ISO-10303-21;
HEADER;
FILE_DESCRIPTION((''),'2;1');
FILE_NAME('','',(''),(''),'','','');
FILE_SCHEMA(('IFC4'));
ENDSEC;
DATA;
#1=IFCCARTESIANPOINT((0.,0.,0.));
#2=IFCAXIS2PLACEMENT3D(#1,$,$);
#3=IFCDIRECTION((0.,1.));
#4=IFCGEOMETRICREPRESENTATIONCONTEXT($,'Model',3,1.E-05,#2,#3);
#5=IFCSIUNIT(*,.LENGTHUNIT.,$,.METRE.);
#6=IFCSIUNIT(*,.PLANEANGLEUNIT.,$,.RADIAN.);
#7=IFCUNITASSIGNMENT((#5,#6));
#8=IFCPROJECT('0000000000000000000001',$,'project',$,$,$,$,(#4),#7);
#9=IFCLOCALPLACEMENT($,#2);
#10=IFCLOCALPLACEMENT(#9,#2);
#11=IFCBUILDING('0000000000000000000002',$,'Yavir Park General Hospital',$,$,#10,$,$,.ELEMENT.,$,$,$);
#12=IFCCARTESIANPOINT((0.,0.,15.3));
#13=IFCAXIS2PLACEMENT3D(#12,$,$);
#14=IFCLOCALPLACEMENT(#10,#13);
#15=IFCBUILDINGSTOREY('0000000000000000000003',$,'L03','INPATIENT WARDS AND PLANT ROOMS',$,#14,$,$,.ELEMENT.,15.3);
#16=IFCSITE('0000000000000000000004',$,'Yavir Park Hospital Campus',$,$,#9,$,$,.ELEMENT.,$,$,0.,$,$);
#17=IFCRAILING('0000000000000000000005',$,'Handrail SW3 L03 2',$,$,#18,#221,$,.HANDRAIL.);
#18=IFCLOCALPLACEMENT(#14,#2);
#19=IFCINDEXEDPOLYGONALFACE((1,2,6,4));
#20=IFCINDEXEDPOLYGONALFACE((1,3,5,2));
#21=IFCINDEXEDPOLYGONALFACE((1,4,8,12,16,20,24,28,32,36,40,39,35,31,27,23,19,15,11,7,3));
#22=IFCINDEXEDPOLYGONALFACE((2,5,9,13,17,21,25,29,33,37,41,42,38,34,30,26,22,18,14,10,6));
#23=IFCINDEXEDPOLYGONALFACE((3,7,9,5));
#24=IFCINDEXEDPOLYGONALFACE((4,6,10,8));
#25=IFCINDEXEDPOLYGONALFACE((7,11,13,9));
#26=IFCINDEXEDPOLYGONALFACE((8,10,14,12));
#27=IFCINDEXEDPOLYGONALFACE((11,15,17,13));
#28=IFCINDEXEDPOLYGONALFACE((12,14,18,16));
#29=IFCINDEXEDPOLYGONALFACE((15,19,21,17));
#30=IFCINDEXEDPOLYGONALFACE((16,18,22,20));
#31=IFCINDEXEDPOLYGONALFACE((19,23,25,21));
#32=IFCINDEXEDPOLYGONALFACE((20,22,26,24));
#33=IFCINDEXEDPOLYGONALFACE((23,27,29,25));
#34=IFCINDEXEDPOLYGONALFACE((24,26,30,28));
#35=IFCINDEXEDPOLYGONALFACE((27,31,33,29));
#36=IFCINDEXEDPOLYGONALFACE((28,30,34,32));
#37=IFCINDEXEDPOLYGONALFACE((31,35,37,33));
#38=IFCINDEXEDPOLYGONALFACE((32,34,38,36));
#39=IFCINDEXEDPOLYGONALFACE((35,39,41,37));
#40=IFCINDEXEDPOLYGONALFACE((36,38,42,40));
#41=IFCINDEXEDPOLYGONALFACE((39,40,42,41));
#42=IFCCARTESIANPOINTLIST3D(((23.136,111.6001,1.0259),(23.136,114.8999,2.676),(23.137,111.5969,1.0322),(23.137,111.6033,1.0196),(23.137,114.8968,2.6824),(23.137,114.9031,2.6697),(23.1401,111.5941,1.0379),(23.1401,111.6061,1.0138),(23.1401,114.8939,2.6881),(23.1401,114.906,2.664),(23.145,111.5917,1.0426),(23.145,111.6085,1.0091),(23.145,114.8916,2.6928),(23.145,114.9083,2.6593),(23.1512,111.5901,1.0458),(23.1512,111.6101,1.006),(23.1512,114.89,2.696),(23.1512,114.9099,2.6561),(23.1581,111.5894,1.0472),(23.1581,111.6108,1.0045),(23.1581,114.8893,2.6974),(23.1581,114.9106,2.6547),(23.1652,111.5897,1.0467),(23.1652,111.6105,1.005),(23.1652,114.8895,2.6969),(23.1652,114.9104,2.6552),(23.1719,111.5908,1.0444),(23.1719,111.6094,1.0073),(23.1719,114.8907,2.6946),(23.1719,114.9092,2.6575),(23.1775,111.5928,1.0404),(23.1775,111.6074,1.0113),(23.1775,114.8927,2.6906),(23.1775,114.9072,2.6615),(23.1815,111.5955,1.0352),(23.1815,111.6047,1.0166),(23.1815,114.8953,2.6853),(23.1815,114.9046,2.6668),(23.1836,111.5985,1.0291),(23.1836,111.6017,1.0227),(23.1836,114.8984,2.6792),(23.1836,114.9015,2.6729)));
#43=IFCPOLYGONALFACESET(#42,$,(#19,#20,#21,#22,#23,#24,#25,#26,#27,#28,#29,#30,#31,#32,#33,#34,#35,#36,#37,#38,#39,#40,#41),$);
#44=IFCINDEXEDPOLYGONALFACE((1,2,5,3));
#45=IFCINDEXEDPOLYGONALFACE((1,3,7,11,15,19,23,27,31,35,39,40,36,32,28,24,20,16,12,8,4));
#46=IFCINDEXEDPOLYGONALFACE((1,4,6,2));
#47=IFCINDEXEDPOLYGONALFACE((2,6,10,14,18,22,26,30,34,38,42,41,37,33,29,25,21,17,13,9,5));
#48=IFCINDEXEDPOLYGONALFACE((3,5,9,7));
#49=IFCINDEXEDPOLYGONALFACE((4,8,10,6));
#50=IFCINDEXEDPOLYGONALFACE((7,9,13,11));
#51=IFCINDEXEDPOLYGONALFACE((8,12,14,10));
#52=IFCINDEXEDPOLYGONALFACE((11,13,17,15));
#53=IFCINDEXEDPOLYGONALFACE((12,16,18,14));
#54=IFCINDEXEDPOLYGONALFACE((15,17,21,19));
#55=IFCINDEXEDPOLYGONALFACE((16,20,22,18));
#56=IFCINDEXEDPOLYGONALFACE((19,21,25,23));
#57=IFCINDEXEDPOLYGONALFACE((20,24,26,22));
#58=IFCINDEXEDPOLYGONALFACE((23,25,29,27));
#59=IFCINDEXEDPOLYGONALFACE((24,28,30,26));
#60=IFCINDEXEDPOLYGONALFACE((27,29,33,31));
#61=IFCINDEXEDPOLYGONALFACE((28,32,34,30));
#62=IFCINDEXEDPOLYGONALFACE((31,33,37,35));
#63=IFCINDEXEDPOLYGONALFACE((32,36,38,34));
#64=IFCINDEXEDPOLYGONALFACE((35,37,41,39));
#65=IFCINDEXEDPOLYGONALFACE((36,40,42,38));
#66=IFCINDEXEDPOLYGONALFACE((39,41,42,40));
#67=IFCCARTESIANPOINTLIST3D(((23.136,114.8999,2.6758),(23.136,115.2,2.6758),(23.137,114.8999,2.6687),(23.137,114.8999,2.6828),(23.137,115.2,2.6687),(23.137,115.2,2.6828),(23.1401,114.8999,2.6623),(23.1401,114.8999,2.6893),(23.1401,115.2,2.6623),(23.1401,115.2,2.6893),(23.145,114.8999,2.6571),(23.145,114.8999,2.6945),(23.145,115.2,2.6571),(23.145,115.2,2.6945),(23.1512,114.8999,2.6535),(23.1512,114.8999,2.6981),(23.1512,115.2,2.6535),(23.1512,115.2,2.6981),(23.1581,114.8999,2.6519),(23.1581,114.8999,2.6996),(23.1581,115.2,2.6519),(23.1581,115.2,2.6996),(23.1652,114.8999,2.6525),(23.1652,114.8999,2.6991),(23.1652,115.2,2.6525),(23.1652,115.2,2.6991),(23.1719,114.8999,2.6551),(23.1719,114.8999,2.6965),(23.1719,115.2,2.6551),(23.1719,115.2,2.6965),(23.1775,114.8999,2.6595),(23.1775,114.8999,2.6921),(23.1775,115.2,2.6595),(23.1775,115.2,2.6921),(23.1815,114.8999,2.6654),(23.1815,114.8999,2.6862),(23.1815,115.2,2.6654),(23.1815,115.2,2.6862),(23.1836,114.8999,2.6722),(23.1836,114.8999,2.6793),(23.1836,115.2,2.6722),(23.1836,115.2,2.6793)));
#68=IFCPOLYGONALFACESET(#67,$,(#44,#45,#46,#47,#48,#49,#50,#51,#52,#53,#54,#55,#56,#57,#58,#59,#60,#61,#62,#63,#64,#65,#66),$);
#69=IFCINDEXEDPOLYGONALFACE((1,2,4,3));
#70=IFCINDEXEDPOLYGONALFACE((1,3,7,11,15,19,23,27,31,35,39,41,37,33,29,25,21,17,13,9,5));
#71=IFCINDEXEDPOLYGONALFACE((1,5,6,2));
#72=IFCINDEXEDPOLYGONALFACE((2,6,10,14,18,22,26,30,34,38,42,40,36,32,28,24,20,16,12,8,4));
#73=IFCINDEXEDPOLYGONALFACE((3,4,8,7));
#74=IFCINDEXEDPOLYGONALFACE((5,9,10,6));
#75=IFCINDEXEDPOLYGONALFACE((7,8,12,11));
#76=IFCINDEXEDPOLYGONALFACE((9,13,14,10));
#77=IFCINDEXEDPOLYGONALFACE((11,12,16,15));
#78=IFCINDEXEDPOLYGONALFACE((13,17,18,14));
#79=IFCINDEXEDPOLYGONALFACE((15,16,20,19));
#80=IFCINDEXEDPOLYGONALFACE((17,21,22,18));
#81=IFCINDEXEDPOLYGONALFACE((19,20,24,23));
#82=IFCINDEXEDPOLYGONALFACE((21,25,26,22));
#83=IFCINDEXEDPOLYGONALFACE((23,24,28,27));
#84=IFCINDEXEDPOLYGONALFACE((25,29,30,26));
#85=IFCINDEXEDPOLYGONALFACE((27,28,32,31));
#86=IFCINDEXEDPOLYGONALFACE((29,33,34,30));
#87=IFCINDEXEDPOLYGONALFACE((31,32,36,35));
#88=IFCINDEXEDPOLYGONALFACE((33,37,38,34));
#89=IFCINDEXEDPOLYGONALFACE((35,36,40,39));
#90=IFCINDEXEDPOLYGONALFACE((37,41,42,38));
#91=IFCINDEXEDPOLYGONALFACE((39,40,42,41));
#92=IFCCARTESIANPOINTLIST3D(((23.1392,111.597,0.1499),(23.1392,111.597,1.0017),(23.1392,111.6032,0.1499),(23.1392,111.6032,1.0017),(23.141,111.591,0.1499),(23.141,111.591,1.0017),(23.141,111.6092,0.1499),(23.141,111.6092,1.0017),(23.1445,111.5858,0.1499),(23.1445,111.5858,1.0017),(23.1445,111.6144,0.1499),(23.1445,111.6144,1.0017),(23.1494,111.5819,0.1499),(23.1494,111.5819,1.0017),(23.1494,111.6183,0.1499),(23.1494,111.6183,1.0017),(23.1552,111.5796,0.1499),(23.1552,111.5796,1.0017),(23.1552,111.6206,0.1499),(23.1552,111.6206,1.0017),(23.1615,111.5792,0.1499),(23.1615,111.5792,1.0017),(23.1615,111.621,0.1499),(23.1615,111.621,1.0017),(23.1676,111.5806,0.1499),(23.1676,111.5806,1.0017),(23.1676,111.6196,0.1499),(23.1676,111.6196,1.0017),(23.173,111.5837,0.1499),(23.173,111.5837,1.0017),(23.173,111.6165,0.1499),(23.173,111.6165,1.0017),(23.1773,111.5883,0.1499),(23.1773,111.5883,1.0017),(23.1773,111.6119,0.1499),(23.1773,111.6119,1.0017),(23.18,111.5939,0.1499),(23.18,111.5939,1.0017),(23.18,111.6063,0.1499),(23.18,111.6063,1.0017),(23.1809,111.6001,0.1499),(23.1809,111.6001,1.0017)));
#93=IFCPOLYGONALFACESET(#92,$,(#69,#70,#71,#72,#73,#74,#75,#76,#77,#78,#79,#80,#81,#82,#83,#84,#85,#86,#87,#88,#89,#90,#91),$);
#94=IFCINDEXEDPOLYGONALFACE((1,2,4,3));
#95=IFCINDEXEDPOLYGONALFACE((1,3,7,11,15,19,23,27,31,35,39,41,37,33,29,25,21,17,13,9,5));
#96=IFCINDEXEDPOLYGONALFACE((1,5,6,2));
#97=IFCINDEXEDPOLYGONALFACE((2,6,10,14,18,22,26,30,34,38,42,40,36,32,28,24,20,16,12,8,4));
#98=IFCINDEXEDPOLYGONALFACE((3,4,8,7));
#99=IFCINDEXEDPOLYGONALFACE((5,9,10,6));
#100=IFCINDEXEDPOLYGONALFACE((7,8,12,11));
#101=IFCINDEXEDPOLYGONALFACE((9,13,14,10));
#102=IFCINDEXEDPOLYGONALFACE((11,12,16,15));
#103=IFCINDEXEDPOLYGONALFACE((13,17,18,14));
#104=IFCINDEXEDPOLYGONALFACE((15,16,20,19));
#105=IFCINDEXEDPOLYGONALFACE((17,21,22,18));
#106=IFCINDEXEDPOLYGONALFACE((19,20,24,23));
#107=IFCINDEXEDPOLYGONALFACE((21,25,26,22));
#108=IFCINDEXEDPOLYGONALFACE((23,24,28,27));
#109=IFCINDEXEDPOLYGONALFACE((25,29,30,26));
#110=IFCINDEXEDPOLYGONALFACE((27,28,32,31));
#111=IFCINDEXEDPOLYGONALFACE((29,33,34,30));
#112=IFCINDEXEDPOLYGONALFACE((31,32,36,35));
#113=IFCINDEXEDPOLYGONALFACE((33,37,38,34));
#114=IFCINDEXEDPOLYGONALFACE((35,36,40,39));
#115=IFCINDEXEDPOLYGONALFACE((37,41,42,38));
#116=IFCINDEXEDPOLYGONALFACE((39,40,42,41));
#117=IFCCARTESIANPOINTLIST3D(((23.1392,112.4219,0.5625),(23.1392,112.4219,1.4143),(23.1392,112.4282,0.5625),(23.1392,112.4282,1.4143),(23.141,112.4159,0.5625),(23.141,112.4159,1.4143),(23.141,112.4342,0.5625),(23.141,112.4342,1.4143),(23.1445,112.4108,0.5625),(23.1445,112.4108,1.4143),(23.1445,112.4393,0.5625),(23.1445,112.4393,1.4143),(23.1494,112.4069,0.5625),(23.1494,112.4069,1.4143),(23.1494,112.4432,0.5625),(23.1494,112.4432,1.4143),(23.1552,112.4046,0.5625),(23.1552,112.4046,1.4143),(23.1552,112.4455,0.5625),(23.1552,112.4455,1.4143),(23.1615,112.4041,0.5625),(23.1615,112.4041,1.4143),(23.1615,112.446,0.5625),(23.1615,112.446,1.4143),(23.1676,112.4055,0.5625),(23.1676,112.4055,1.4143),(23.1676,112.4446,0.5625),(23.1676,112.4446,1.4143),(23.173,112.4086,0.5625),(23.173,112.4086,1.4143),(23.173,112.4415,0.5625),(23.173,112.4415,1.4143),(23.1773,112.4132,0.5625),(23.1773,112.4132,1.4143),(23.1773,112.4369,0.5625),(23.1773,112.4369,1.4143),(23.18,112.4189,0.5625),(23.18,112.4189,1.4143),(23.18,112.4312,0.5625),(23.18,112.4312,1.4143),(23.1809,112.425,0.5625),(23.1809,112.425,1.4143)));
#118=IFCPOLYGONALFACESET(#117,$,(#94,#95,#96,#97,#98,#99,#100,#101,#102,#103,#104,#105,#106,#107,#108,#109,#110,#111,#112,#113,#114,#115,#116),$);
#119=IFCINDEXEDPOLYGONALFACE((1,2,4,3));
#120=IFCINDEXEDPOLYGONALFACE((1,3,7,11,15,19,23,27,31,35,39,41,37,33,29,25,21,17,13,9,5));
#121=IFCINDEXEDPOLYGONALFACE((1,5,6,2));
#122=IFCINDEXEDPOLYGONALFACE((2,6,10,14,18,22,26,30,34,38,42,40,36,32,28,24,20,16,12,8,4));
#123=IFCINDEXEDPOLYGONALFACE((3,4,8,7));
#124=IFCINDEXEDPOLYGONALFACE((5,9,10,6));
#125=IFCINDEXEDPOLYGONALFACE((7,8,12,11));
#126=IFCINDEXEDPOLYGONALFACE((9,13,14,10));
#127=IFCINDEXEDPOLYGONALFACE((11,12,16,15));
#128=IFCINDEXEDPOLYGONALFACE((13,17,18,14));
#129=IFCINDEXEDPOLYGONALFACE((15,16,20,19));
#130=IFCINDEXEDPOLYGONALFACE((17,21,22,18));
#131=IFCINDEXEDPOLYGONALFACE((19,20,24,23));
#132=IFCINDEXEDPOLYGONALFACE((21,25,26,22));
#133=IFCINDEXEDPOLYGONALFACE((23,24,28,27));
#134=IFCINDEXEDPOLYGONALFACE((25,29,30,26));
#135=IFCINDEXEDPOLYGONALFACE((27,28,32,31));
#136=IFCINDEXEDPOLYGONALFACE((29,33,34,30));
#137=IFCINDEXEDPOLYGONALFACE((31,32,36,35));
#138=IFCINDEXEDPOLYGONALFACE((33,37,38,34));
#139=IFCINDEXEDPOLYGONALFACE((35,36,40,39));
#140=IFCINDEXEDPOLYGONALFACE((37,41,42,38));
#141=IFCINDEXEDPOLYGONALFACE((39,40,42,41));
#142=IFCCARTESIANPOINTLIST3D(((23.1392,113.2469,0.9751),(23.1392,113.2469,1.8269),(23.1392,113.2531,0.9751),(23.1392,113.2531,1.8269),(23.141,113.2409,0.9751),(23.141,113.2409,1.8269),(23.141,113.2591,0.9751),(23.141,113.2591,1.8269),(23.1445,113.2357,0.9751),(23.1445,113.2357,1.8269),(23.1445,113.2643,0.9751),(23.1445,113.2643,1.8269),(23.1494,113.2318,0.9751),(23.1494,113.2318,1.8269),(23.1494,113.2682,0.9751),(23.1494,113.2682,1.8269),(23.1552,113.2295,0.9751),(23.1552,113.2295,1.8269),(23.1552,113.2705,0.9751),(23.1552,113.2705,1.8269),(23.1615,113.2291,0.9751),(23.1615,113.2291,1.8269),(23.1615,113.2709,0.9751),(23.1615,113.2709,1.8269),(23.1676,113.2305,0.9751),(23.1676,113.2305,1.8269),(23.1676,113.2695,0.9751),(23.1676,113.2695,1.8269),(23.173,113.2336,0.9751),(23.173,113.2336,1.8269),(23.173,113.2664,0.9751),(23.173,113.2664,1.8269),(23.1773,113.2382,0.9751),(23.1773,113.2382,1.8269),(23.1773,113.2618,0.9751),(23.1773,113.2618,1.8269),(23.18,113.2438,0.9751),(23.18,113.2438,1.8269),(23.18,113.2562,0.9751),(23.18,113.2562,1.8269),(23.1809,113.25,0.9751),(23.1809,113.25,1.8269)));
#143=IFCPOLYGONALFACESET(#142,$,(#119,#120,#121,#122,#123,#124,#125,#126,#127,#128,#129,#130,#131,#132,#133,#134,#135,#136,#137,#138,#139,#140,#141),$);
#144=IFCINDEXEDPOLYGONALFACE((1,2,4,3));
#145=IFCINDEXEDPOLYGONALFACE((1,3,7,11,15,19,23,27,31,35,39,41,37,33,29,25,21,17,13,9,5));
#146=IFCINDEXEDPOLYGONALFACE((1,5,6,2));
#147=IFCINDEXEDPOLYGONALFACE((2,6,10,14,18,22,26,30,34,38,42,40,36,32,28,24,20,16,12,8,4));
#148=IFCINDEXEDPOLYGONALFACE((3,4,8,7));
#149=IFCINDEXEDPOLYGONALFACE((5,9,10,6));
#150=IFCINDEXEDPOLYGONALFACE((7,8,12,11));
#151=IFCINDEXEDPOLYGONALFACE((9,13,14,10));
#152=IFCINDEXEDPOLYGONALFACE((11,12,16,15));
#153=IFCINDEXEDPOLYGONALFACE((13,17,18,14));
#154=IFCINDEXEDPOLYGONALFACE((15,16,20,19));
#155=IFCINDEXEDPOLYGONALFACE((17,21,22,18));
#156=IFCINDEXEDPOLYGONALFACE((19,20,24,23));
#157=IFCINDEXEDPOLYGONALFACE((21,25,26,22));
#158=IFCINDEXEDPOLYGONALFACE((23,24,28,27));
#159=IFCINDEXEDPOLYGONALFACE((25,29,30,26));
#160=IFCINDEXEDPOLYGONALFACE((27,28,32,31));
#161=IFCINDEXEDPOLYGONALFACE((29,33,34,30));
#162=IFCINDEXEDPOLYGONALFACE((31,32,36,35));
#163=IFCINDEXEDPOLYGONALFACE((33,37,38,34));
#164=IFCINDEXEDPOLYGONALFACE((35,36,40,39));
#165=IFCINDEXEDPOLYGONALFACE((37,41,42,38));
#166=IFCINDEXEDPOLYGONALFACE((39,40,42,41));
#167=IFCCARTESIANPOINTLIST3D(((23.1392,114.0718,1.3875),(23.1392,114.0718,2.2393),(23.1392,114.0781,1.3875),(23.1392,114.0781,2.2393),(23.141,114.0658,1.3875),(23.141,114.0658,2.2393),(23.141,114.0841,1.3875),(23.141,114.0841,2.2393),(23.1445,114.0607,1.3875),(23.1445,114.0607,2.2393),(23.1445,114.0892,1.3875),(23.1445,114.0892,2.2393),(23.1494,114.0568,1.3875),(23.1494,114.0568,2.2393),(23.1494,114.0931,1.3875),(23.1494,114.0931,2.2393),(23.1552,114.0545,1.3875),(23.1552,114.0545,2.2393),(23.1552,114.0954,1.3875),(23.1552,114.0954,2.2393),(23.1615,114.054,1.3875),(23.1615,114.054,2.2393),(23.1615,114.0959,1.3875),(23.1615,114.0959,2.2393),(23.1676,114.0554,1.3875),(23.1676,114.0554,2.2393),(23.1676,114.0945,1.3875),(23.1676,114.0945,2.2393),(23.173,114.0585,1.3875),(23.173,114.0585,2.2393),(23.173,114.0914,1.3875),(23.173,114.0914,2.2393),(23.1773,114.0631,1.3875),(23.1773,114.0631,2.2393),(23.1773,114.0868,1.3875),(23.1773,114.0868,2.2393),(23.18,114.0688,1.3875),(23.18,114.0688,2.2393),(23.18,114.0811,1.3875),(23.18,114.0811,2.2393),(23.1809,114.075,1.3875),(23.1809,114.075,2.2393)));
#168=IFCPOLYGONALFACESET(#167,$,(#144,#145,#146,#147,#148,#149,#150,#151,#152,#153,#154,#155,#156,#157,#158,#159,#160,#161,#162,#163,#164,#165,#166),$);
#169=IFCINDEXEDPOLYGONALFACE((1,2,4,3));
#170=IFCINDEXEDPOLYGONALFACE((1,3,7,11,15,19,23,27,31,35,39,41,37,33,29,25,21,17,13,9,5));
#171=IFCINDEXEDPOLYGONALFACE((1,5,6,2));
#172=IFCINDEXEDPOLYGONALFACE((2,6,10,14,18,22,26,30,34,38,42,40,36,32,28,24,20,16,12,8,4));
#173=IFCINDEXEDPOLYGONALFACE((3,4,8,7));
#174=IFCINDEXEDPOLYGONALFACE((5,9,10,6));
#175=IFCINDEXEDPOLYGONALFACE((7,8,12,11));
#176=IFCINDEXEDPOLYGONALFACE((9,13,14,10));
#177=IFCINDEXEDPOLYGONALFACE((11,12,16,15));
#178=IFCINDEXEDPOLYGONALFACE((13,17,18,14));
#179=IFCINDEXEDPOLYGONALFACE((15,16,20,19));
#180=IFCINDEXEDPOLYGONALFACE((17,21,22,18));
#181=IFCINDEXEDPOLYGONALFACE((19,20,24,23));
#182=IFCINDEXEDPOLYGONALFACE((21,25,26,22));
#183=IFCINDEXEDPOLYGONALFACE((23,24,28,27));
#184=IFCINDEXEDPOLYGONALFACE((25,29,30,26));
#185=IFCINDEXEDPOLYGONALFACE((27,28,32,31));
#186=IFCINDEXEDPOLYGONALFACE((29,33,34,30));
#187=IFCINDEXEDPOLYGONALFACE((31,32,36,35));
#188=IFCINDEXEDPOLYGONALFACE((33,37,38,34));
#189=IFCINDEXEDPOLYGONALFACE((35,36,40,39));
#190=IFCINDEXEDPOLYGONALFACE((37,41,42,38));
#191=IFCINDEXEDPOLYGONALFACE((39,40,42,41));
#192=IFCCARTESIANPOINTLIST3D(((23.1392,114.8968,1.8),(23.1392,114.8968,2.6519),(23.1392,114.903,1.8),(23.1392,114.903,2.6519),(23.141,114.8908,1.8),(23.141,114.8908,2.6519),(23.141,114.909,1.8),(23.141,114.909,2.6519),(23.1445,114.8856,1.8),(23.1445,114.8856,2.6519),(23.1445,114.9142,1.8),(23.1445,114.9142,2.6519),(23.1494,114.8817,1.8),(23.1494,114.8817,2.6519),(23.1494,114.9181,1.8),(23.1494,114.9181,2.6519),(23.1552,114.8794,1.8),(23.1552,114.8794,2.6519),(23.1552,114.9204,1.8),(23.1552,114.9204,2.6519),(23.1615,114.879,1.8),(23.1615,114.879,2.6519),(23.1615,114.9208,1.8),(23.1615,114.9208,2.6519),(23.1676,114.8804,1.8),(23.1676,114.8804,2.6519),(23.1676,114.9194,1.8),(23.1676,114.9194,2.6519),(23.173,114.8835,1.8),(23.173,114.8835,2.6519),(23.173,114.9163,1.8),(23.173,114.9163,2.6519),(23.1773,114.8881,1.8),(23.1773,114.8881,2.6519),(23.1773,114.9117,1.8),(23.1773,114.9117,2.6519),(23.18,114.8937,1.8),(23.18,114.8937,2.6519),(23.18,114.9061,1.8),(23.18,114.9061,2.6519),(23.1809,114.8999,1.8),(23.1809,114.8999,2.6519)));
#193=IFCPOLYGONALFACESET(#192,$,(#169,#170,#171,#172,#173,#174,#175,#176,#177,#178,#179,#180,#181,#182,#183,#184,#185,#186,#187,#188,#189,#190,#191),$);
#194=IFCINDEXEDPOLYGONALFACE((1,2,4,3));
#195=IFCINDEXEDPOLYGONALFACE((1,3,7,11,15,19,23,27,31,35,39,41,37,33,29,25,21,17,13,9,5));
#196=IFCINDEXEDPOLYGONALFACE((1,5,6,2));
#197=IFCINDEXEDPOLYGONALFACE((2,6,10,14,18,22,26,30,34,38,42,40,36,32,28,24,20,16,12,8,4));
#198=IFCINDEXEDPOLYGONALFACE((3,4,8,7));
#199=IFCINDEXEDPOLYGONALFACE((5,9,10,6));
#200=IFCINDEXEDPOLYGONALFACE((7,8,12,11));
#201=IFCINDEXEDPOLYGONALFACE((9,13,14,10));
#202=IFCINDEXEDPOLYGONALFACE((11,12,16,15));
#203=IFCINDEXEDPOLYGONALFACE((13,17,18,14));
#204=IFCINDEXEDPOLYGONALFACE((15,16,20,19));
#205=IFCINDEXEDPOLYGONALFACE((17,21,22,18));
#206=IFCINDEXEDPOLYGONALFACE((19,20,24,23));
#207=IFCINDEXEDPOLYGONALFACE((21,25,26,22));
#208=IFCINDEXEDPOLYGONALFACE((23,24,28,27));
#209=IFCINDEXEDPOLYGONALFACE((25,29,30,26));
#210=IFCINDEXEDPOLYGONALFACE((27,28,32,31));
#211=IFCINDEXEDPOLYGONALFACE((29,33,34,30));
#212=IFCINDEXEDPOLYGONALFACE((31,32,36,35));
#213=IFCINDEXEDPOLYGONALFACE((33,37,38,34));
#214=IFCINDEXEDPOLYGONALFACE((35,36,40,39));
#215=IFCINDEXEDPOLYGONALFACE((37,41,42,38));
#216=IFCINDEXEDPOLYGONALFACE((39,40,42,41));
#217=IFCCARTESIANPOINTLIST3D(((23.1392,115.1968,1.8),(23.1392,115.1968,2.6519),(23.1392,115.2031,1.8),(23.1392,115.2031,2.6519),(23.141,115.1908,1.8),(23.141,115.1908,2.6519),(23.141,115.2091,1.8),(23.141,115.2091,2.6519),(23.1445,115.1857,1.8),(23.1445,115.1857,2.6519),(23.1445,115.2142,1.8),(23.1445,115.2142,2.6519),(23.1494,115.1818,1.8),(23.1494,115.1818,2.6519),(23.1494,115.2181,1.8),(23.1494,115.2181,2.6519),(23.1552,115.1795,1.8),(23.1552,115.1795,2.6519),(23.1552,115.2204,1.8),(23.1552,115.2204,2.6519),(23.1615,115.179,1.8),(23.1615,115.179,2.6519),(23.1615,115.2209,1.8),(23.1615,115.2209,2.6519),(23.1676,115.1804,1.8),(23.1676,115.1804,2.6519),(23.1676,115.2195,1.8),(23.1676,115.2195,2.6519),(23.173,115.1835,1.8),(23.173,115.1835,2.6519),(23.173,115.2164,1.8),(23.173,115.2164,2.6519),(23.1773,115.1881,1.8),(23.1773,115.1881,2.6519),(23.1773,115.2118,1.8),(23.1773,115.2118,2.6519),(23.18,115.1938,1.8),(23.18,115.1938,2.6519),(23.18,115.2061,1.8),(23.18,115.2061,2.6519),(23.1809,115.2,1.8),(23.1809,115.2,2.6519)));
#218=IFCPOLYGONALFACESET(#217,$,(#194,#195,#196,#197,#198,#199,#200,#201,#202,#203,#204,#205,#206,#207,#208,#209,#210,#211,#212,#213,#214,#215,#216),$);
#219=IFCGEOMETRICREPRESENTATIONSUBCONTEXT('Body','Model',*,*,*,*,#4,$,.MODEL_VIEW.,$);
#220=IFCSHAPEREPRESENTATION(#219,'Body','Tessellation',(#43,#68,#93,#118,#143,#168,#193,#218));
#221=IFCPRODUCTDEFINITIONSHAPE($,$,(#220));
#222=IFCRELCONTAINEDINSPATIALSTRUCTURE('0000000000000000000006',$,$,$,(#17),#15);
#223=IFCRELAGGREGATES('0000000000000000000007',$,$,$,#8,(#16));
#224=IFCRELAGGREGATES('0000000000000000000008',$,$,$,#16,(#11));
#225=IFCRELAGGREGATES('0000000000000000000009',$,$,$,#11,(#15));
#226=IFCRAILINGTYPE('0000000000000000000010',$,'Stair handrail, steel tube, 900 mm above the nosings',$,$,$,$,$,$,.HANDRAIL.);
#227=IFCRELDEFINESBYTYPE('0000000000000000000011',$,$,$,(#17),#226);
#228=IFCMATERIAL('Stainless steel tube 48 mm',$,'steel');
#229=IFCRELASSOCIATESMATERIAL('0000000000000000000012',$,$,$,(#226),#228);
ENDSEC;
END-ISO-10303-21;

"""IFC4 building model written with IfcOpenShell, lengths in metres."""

from ifc_helpers import new_model, si_unit, direction, frame, origin, origin_2d, place, context, subcontext, project, spatial, circle, extrude, material, type_object, element, save


model = new_model("IFC4")

# Units and contexts
model_context = context("Model", 3, precision=1e-05, world=origin(), true_north=direction((0.0, 1.0)))
body_context = subcontext(model_context, "Body", "Model", "MODEL_VIEW")
ifc_project = project(units=[si_unit("LENGTHUNIT", "METRE"), si_unit("PLANEANGLEUNIT", "RADIAN")], contexts=[model_context])

# Site, building, storey
site_placement = place(None, origin())
site = spatial("IfcSite", under=ifc_project, at=site_placement, Name="Yavir Park Hospital Campus", CompositionType="ELEMENT", RefElevation=0.0)
building_placement = place(site_placement, origin())
building = spatial("IfcBuilding", under=site, at=building_placement, Name="Yavir Park General Hospital", CompositionType="ELEMENT")
storey_placement = place(building_placement, frame((0.0, 0.0, 15.3)))
storey = spatial("IfcBuildingStorey", under=building, at=storey_placement, Name="L03", Description="INPATIENT WARDS AND PLANT ROOMS", CompositionType="ELEMENT", Elevation=15.3)

# Railing
ifc_material_1 = material(Name="Stainless steel tube 48 mm", Category="steel")
railing_type_1 = type_object("IfcRailingType", Name="Stair handrail, steel tube, 900 mm above the nosings", PredefinedType="HANDRAIL", material=ifc_material_1)
railing_1_placement = place(storey_placement, frame((23.1599, 111.6001, 0.1499)))
element("IfcRailing", 1, at=railing_1_placement, inside=storey, type_object=railing_type_1, Name="Handrail SW3 L03 2", PredefinedType="HANDRAIL", context=body_context, shape_type="SweptSolid", body=[
    extrude(circle(Radius=0.0239, at=origin_2d()), frame((0.0, 0.0, 0.876), z_axis=(0.0, 0.894401, 0.447267), x_axis=(-1.0, 0.0, 0.0)), (0.0, 0.0, 1.0), 3.6895),
    extrude(circle(Radius=0.0239, at=origin_2d()), frame((0.0, 3.2998, 2.5259), z_axis=(0.0, 1.0, 0.0), x_axis=(-1.0, 0.0, 0.0)), (0.0, 0.0, 1.0), 0.3),
    extrude(circle(Radius=0.021, at=origin_2d()), origin(), (0.0, 0.0, 1.0), 0.8518),
    extrude(circle(Radius=0.021, at=origin_2d()), frame((0.0, 0.825, 0.4126)), (0.0, 0.0, 1.0), 0.8518),
    extrude(circle(Radius=0.021, at=origin_2d()), frame((0.0, 1.6499, 0.8252)), (0.0, 0.0, 1.0), 0.8518),
    extrude(circle(Radius=0.021, at=origin_2d()), frame((0.0, 2.4749, 1.2375)), (0.0, 0.0, 1.0), 0.8518),
    extrude(circle(Radius=0.021, at=origin_2d()), frame((0.0, 3.2998, 1.6501)), (0.0, 0.0, 1.0), 0.8518),
    extrude(circle(Radius=0.021, at=origin_2d()), frame((0.0, 3.5999, 1.6501)), (0.0, 0.0, 1.0), 0.8518),
])

save(model, "model.ifc")
